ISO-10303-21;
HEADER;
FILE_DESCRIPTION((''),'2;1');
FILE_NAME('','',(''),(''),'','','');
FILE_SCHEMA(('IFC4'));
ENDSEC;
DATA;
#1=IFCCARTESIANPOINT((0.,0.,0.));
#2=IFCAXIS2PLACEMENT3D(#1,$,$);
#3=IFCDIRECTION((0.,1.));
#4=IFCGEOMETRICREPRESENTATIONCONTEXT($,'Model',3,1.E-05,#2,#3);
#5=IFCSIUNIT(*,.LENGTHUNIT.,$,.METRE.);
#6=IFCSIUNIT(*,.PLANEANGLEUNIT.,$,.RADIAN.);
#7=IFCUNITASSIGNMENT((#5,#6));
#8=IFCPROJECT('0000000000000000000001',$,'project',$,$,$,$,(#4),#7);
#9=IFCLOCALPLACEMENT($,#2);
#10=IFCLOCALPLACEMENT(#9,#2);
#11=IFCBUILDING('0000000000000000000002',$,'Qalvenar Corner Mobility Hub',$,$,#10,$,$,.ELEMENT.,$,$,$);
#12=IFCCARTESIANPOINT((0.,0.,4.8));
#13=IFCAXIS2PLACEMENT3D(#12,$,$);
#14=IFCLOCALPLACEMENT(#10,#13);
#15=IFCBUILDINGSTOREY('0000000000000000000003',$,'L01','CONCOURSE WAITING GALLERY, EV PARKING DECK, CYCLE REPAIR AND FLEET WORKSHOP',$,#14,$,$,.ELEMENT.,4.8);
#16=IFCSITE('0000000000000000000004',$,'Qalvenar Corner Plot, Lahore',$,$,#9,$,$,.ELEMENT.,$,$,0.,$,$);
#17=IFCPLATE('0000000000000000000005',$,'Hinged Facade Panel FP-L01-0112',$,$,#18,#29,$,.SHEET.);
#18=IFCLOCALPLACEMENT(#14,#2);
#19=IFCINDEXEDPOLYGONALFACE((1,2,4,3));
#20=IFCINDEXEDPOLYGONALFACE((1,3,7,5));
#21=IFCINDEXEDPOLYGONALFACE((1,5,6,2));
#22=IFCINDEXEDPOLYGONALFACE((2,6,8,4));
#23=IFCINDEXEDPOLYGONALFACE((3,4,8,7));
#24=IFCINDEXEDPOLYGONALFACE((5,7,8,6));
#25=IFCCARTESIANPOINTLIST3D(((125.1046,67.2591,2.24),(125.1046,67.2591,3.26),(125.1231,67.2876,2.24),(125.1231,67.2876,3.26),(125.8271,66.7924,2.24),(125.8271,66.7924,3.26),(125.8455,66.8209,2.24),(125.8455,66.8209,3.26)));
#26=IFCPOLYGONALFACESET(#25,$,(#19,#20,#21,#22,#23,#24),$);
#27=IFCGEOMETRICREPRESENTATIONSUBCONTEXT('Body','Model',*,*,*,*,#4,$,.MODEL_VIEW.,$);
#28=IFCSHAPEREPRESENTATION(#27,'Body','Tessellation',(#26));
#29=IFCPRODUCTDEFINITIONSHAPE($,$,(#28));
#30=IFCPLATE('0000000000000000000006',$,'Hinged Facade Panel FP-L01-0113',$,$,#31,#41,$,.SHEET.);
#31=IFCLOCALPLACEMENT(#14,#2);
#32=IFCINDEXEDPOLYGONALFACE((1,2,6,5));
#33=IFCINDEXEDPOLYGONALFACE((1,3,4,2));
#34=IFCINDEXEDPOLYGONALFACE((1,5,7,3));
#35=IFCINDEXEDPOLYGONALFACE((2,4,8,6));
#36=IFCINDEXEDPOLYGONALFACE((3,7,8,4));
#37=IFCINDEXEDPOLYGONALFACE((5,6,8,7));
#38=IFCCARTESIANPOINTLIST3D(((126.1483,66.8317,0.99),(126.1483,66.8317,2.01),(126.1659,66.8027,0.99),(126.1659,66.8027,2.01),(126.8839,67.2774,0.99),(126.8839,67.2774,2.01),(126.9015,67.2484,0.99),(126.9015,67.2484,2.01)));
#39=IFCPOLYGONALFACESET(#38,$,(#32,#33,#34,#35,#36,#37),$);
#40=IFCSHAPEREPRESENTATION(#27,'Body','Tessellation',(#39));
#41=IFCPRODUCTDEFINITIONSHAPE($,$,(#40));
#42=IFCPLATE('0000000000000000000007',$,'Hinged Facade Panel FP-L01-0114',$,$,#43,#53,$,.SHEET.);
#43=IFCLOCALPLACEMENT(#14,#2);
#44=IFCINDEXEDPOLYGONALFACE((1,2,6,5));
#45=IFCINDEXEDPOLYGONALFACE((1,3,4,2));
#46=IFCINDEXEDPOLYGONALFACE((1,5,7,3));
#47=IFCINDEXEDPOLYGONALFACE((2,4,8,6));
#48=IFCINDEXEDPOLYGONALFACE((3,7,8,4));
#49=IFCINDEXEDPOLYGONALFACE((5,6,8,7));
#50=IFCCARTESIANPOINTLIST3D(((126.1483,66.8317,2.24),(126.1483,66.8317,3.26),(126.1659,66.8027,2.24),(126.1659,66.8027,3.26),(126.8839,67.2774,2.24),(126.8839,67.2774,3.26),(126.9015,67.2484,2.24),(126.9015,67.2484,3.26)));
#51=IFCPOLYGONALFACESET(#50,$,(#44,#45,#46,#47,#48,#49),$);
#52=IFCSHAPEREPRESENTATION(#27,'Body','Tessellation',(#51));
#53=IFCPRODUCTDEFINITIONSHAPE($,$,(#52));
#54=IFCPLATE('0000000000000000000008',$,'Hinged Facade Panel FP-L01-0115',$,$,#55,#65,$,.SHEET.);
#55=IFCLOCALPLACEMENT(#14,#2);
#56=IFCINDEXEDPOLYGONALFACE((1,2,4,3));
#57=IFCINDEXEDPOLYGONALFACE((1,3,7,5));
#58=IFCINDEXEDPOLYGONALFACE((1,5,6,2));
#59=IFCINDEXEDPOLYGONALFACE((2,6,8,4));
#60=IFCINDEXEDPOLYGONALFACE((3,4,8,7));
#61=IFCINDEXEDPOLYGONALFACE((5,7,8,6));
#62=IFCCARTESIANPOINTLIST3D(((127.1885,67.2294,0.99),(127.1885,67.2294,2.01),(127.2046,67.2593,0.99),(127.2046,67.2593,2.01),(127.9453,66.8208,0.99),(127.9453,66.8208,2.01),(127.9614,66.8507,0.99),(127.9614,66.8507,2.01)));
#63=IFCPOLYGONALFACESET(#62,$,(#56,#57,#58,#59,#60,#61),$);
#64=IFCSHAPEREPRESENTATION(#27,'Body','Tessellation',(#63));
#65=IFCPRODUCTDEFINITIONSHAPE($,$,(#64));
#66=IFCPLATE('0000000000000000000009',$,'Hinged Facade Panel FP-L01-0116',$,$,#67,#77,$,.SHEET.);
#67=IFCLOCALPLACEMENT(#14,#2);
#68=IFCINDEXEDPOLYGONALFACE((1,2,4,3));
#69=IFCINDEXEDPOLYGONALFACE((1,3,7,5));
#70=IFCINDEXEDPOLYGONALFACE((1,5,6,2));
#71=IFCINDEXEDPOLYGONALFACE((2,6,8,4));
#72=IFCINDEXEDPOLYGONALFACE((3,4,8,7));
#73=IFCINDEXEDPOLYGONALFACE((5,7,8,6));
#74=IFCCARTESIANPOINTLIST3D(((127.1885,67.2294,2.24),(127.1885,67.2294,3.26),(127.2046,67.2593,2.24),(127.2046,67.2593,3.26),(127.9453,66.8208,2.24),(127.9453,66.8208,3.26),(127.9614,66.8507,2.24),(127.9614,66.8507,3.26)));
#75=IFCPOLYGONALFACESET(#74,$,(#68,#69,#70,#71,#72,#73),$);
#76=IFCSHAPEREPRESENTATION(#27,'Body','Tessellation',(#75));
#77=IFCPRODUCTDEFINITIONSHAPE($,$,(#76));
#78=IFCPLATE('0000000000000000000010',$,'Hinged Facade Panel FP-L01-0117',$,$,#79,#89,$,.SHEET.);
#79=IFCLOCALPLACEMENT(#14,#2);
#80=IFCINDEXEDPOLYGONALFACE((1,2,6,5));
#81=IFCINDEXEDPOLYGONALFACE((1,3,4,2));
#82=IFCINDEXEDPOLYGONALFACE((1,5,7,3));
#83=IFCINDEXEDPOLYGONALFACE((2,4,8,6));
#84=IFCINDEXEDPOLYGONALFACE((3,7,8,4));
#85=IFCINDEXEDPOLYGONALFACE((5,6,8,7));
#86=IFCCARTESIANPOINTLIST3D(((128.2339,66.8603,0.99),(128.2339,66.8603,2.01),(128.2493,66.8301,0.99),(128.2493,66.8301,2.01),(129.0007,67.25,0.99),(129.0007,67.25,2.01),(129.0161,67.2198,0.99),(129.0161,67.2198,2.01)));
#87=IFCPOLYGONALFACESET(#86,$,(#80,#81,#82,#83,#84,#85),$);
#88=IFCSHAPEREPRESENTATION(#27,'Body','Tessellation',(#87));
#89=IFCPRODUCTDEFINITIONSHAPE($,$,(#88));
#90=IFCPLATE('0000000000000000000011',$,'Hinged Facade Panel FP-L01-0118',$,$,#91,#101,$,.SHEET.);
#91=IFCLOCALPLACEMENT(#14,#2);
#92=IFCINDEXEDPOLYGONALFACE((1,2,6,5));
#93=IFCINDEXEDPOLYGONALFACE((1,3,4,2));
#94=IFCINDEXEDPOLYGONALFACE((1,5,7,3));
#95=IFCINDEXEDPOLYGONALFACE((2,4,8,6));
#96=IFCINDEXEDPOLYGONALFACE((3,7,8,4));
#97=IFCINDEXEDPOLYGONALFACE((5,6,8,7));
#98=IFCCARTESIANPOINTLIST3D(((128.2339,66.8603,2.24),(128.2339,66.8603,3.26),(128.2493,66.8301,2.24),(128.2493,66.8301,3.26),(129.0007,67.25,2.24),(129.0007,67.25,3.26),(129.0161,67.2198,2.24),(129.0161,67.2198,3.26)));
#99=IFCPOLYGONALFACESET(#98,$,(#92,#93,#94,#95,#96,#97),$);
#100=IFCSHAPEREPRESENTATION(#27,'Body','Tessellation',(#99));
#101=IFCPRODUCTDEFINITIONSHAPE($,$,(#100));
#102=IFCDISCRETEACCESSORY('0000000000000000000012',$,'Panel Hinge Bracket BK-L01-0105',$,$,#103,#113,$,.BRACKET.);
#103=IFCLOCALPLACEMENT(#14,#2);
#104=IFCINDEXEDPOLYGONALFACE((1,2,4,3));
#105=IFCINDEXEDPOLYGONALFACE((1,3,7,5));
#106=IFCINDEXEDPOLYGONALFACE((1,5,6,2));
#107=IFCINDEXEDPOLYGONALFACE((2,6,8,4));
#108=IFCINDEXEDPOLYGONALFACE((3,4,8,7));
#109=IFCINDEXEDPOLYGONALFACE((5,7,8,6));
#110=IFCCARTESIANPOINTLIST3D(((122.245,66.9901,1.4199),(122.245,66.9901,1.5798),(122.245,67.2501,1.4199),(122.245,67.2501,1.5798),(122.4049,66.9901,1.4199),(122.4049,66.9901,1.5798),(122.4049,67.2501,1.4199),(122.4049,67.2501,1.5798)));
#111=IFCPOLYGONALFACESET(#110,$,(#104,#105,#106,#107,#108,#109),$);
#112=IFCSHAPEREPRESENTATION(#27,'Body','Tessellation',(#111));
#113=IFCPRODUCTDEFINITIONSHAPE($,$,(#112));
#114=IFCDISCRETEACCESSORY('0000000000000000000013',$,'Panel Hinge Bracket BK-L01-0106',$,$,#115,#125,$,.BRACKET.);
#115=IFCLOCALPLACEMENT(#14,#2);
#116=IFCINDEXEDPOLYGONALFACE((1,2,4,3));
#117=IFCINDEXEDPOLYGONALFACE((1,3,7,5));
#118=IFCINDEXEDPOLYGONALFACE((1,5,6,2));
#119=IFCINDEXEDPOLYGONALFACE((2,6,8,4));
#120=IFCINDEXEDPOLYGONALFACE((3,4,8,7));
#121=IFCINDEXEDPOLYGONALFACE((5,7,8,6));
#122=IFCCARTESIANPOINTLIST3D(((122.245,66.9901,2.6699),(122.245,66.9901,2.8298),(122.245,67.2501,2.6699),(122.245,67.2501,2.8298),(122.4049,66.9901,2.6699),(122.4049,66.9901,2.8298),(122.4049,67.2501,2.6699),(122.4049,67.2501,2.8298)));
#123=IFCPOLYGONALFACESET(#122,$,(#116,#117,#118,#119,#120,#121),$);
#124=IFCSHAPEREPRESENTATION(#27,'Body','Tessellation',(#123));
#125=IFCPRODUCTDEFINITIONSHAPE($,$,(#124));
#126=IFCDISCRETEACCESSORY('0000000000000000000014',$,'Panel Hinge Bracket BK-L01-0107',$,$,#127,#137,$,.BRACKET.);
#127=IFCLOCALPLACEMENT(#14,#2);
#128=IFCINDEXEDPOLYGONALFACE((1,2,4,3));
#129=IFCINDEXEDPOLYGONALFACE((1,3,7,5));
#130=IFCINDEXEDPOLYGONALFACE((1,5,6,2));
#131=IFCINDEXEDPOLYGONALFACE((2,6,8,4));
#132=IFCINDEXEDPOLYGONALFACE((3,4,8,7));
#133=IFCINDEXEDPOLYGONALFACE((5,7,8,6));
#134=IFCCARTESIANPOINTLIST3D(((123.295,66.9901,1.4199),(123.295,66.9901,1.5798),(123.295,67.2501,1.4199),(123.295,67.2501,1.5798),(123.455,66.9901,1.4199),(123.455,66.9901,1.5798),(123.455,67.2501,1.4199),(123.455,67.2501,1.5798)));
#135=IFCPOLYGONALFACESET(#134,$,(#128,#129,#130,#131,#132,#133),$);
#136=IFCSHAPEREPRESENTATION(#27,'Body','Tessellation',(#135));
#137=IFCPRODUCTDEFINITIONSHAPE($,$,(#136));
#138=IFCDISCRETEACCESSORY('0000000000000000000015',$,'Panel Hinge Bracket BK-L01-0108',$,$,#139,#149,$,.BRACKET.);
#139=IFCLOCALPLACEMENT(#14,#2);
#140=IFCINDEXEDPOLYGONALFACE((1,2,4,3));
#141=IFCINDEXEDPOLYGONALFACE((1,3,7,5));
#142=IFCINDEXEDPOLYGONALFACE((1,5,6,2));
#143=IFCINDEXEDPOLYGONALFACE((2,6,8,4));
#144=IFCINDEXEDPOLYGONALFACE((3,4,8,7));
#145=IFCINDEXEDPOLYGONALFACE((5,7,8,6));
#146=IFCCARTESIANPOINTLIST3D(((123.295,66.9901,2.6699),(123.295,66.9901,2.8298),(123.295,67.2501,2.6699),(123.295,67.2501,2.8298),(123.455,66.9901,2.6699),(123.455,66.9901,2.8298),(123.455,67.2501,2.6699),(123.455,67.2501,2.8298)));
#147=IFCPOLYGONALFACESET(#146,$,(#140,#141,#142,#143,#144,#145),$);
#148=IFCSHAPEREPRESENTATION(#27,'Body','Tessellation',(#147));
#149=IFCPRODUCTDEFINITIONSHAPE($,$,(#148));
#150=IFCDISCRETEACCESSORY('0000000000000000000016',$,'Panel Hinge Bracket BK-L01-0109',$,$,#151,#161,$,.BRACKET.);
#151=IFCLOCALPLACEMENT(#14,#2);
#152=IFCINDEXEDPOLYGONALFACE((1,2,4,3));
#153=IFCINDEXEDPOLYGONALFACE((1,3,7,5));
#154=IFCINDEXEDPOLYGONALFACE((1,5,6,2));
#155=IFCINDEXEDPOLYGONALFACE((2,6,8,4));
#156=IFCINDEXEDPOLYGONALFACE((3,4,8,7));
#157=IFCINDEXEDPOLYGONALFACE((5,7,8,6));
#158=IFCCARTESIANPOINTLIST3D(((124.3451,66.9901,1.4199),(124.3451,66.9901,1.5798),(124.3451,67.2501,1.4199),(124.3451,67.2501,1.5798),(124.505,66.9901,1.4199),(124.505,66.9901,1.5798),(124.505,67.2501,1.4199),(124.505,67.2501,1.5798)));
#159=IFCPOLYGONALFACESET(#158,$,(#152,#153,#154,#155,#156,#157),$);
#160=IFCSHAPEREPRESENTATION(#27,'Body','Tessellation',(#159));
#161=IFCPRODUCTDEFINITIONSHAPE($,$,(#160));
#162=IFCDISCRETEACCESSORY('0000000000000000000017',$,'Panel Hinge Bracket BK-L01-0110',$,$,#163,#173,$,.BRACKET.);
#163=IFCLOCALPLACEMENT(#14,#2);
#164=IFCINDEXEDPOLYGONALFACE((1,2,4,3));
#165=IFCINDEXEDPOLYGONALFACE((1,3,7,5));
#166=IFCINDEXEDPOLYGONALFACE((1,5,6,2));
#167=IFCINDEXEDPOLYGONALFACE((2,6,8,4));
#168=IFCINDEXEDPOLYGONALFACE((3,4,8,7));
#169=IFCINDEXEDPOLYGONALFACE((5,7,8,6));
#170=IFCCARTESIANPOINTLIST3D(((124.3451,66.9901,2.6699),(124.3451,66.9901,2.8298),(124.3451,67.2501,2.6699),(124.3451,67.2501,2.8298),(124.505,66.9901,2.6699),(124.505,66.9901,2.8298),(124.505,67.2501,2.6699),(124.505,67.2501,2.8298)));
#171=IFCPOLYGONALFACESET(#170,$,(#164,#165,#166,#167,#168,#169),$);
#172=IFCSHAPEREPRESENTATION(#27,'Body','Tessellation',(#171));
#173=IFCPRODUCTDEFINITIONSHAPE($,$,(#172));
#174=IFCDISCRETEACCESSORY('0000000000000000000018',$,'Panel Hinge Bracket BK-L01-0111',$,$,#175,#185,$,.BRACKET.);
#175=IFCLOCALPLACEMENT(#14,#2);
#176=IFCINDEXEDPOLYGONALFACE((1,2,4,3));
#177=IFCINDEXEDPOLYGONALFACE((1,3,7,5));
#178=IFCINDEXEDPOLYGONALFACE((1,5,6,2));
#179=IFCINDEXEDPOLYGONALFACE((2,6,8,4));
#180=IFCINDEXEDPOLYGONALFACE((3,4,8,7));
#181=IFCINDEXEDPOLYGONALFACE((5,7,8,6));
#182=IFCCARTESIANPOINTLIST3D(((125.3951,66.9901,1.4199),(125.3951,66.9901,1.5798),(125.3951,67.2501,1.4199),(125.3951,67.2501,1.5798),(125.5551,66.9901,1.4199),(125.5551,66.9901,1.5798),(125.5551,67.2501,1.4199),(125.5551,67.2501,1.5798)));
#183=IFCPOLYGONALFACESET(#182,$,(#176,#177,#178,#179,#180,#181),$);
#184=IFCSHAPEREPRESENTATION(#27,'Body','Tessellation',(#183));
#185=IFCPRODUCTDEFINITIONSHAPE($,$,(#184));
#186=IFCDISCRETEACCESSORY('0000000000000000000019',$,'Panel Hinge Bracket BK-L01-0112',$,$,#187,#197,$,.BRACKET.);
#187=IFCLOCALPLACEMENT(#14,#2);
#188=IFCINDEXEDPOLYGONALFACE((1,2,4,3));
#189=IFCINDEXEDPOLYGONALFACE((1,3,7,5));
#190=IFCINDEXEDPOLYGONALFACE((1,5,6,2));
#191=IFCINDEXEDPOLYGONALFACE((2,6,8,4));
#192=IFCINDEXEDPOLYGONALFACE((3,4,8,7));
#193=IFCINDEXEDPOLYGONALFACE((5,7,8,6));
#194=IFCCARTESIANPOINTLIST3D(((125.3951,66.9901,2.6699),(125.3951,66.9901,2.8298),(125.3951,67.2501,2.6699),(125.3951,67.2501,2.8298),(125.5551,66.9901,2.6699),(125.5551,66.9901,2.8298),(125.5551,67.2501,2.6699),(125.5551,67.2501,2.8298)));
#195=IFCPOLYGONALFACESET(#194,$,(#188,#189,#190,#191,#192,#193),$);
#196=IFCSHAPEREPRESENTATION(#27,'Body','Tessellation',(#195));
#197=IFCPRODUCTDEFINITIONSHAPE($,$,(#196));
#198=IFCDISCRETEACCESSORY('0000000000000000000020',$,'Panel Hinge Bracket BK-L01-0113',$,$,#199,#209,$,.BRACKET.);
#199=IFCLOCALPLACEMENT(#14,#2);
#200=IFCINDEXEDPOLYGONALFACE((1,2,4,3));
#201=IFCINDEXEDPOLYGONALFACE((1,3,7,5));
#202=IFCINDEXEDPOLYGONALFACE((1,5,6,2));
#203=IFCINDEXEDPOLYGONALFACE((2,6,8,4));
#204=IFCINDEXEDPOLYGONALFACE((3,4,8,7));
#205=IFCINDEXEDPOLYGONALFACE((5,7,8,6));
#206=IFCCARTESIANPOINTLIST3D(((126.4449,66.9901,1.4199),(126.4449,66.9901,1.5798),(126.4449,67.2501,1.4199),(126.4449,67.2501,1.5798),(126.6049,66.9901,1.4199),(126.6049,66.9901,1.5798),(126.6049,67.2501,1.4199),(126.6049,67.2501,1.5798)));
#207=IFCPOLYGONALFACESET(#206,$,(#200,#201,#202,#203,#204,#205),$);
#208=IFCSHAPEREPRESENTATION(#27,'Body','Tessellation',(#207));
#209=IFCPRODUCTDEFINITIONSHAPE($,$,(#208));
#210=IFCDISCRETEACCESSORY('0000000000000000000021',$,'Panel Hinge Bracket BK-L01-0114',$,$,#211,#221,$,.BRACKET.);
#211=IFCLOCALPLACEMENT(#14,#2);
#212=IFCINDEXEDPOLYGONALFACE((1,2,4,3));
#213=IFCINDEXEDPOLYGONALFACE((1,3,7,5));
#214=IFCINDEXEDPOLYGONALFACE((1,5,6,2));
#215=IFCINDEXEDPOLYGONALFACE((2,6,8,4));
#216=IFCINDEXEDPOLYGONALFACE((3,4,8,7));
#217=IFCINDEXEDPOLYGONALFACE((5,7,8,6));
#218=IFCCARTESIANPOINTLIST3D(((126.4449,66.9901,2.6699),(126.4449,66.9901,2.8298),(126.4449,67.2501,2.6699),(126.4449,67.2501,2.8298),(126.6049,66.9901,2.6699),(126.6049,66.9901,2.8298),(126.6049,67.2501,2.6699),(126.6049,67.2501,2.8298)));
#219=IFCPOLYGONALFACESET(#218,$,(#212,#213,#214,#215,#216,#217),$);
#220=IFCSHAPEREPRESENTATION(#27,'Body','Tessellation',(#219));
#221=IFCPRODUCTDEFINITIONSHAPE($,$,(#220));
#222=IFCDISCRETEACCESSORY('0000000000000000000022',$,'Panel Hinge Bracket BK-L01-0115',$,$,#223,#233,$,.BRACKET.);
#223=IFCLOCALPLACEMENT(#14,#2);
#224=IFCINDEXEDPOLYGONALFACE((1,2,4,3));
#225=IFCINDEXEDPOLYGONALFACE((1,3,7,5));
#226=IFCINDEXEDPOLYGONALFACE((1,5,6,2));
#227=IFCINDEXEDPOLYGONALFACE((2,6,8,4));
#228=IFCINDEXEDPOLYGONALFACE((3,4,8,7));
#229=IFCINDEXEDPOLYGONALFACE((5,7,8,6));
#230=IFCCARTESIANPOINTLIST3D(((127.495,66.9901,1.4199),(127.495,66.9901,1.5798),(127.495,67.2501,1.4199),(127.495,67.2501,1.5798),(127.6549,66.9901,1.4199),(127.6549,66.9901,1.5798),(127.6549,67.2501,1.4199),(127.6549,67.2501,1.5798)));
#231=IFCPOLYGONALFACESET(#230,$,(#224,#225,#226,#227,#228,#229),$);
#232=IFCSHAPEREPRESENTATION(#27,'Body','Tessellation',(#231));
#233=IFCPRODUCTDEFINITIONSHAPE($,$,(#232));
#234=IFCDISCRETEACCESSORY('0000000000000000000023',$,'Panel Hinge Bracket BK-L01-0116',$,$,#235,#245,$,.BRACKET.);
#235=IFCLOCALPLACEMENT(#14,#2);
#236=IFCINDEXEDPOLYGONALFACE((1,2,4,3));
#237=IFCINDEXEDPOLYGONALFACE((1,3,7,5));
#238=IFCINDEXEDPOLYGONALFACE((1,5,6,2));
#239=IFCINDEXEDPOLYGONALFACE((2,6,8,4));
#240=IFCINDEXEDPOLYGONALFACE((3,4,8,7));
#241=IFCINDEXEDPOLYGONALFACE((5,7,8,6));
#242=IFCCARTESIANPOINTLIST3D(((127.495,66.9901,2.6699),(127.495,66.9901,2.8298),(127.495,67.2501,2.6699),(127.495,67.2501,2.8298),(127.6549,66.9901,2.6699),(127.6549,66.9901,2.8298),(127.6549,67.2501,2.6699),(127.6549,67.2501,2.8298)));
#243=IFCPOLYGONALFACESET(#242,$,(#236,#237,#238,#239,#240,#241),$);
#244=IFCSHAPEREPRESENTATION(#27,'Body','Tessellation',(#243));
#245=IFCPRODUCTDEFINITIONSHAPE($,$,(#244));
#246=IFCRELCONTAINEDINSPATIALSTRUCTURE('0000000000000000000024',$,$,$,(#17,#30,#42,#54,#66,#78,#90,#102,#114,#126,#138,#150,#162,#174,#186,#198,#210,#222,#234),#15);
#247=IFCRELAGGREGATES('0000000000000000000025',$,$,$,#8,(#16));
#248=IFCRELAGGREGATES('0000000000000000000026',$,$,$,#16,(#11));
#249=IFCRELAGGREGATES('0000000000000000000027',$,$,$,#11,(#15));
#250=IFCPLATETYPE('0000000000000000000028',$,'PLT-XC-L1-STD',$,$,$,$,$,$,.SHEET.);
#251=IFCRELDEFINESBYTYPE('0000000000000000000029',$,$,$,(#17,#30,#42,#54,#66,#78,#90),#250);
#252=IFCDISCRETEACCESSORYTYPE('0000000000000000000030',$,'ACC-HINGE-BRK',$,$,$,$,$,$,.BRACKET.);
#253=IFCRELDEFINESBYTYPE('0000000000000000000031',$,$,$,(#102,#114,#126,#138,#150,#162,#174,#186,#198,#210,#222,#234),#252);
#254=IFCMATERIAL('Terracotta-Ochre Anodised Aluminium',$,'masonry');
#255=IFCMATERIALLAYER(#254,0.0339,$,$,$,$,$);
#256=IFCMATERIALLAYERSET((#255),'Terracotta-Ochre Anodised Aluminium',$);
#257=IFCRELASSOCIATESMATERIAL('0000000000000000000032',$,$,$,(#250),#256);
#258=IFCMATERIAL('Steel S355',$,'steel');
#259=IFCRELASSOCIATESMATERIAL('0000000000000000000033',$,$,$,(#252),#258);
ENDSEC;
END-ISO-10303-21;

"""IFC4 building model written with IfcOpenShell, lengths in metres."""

from ifc_helpers import new_model, si_unit, direction, frame, origin, origin_2d, place, context, subcontext, project, spatial, rectangle, extrude, material, layer, layer_set, type_object, element, save


model = new_model("IFC4")

# Units and contexts
model_context = context("Model", 3, precision=1e-05, world=origin(), true_north=direction((0.0, 1.0)))
body_context = subcontext(model_context, "Body", "Model", "MODEL_VIEW")
ifc_project = project(units=[si_unit("LENGTHUNIT", "METRE"), si_unit("PLANEANGLEUNIT", "RADIAN")], contexts=[model_context])

# Site, building, storey
site_placement = place(None, origin())
site = spatial("IfcSite", under=ifc_project, at=site_placement, Name="Qalvenar Corner Plot, Lahore", CompositionType="ELEMENT", RefElevation=0.0)
building_placement = place(site_placement, origin())
building = spatial("IfcBuilding", under=site, at=building_placement, Name="Qalvenar Corner Mobility Hub", CompositionType="ELEMENT")
storey_placement = place(building_placement, frame((0.0, 0.0, 4.8)))
storey = spatial("IfcBuildingStorey", under=building, at=storey_placement, Name="L01", Description="CONCOURSE WAITING GALLERY, EV PARKING DECK, CYCLE REPAIR AND FLEET WORKSHOP", CompositionType="ELEMENT", Elevation=4.8)

# Shared definitions
ifc_material_1 = material(Name="Steel S355", Category="steel")

# Plates
ifc_material_2 = material(Name="Terracotta-Ochre Anodised Aluminium", Category="masonry")
ifc_layer = layer(ifc_material_2, 0.0339)
ifc_layer_set = layer_set([ifc_layer], Name="Terracotta-Ochre Anodised Aluminium")
plate_type = type_object("IfcPlateType", Name="PLT-XC-L1-STD", PredefinedType="SHEET", material=ifc_layer_set)
for number, where, z_axis, x_axis, name in (
    (1, (125.4751, 67.04, 2.24), (0.0, 0.0, 1.0), (0.839999, -0.542588, 0.0), "Hinged Facade Panel FP-L01-0112"),
    (2, (126.5249, 67.04, 0.99), (0.0, 0.0, 1.0), (0.855274, 0.518176, 0.0), "Hinged Facade Panel FP-L01-0113"),
    (3, (126.5249, 67.04, 2.24), (0.0, 0.0, 1.0), (0.855274, 0.518176, 0.0), "Hinged Facade Panel FP-L01-0114"),
    (4, (127.575, 67.04, 0.99), (0.0, 0.0, 1.0), (0.87998, -0.47501, 0.0), "Hinged Facade Panel FP-L01-0115"),
    (5, (127.575, 67.04, 2.24), (0.0, 0.0, 1.0), (0.87998, -0.47501, 0.0), "Hinged Facade Panel FP-L01-0116"),
    (6, (128.625, 67.04, 0.99), (0.0, 0.0, 1.0), (0.891481, 0.453057, 0.0), "Hinged Facade Panel FP-L01-0117"),
    (7, (128.625, 67.04, 2.24), (0.0, 0.0, 1.0), (0.891481, 0.453057, 0.0), "Hinged Facade Panel FP-L01-0118"),
):
    element("IfcPlate", number, at=place(storey_placement, frame(where, z_axis=z_axis, x_axis=x_axis)), inside=storey, type_object=plate_type, Name=name, PredefinedType="SHEET", context=body_context, shape_type="SweptSolid", body=[
        extrude(rectangle(XDim=0.8601, YDim=0.0339, at=origin_2d()), origin(), (0.0, 0.0, 1.0), 1.02),
    ])

# Discrete accessories
discrete_accessory_type = type_object("IfcDiscreteAccessoryType", Name="ACC-HINGE-BRK", PredefinedType="BRACKET", material=ifc_material_1)
for number, where, z_axis, x_axis, name in (
    (8, (122.325, 67.1201, 1.4199), (0.0, 0.0, 1.0), (1.0, 0.0, 0.0), "Panel Hinge Bracket BK-L01-0105"),
    (9, (122.325, 67.1201, 2.6699), (0.0, 0.0, 1.0), (1.0, 0.0, 0.0), "Panel Hinge Bracket BK-L01-0106"),
    (10, (123.375, 67.1201, 1.4199), (0.0, 0.0, 1.0), (1.0, 0.0, 0.0), "Panel Hinge Bracket BK-L01-0107"),
    (11, (123.375, 67.1201, 2.6699), (0.0, 0.0, 1.0), (1.0, 0.0, 0.0), "Panel Hinge Bracket BK-L01-0108"),
    (12, (124.425, 67.1201, 1.4199), (0.0, 0.0, 1.0), (1.0, 0.0, 0.0), "Panel Hinge Bracket BK-L01-0109"),
    (13, (124.425, 67.1201, 2.6699), (0.0, 0.0, 1.0), (1.0, 0.0, 0.0), "Panel Hinge Bracket BK-L01-0110"),
    (14, (125.4751, 67.1201, 1.4199), (0.0, 0.0, 1.0), (1.0, 0.0, 0.0), "Panel Hinge Bracket BK-L01-0111"),
    (15, (125.4751, 67.1201, 2.6699), (0.0, 0.0, 1.0), (1.0, 0.0, 0.0), "Panel Hinge Bracket BK-L01-0112"),
    (16, (126.5249, 67.1201, 1.4199), (0.0, 0.0, 1.0), (1.0, 0.0, 0.0), "Panel Hinge Bracket BK-L01-0113"),
    (17, (126.5249, 67.1201, 2.6699), (0.0, 0.0, 1.0), (1.0, 0.0, 0.0), "Panel Hinge Bracket BK-L01-0114"),
    (18, (127.575, 67.1201, 1.4199), (0.0, 0.0, 1.0), (1.0, 0.0, 0.0), "Panel Hinge Bracket BK-L01-0115"),
    (19, (127.575, 67.1201, 2.6699), (0.0, 0.0, 1.0), (1.0, 0.0, 0.0), "Panel Hinge Bracket BK-L01-0116"),
):
    element("IfcDiscreteAccessory", number, at=place(storey_placement, frame(where, z_axis=z_axis, x_axis=x_axis)), inside=storey, type_object=discrete_accessory_type, Name=name, PredefinedType="BRACKET", context=body_context, shape_type="SweptSolid", body=[
        extrude(rectangle(XDim=0.1599, YDim=0.26, at=origin_2d()), origin(), (0.0, 0.0, 1.0), 0.1599),
    ])

save(model, "model.ifc")
